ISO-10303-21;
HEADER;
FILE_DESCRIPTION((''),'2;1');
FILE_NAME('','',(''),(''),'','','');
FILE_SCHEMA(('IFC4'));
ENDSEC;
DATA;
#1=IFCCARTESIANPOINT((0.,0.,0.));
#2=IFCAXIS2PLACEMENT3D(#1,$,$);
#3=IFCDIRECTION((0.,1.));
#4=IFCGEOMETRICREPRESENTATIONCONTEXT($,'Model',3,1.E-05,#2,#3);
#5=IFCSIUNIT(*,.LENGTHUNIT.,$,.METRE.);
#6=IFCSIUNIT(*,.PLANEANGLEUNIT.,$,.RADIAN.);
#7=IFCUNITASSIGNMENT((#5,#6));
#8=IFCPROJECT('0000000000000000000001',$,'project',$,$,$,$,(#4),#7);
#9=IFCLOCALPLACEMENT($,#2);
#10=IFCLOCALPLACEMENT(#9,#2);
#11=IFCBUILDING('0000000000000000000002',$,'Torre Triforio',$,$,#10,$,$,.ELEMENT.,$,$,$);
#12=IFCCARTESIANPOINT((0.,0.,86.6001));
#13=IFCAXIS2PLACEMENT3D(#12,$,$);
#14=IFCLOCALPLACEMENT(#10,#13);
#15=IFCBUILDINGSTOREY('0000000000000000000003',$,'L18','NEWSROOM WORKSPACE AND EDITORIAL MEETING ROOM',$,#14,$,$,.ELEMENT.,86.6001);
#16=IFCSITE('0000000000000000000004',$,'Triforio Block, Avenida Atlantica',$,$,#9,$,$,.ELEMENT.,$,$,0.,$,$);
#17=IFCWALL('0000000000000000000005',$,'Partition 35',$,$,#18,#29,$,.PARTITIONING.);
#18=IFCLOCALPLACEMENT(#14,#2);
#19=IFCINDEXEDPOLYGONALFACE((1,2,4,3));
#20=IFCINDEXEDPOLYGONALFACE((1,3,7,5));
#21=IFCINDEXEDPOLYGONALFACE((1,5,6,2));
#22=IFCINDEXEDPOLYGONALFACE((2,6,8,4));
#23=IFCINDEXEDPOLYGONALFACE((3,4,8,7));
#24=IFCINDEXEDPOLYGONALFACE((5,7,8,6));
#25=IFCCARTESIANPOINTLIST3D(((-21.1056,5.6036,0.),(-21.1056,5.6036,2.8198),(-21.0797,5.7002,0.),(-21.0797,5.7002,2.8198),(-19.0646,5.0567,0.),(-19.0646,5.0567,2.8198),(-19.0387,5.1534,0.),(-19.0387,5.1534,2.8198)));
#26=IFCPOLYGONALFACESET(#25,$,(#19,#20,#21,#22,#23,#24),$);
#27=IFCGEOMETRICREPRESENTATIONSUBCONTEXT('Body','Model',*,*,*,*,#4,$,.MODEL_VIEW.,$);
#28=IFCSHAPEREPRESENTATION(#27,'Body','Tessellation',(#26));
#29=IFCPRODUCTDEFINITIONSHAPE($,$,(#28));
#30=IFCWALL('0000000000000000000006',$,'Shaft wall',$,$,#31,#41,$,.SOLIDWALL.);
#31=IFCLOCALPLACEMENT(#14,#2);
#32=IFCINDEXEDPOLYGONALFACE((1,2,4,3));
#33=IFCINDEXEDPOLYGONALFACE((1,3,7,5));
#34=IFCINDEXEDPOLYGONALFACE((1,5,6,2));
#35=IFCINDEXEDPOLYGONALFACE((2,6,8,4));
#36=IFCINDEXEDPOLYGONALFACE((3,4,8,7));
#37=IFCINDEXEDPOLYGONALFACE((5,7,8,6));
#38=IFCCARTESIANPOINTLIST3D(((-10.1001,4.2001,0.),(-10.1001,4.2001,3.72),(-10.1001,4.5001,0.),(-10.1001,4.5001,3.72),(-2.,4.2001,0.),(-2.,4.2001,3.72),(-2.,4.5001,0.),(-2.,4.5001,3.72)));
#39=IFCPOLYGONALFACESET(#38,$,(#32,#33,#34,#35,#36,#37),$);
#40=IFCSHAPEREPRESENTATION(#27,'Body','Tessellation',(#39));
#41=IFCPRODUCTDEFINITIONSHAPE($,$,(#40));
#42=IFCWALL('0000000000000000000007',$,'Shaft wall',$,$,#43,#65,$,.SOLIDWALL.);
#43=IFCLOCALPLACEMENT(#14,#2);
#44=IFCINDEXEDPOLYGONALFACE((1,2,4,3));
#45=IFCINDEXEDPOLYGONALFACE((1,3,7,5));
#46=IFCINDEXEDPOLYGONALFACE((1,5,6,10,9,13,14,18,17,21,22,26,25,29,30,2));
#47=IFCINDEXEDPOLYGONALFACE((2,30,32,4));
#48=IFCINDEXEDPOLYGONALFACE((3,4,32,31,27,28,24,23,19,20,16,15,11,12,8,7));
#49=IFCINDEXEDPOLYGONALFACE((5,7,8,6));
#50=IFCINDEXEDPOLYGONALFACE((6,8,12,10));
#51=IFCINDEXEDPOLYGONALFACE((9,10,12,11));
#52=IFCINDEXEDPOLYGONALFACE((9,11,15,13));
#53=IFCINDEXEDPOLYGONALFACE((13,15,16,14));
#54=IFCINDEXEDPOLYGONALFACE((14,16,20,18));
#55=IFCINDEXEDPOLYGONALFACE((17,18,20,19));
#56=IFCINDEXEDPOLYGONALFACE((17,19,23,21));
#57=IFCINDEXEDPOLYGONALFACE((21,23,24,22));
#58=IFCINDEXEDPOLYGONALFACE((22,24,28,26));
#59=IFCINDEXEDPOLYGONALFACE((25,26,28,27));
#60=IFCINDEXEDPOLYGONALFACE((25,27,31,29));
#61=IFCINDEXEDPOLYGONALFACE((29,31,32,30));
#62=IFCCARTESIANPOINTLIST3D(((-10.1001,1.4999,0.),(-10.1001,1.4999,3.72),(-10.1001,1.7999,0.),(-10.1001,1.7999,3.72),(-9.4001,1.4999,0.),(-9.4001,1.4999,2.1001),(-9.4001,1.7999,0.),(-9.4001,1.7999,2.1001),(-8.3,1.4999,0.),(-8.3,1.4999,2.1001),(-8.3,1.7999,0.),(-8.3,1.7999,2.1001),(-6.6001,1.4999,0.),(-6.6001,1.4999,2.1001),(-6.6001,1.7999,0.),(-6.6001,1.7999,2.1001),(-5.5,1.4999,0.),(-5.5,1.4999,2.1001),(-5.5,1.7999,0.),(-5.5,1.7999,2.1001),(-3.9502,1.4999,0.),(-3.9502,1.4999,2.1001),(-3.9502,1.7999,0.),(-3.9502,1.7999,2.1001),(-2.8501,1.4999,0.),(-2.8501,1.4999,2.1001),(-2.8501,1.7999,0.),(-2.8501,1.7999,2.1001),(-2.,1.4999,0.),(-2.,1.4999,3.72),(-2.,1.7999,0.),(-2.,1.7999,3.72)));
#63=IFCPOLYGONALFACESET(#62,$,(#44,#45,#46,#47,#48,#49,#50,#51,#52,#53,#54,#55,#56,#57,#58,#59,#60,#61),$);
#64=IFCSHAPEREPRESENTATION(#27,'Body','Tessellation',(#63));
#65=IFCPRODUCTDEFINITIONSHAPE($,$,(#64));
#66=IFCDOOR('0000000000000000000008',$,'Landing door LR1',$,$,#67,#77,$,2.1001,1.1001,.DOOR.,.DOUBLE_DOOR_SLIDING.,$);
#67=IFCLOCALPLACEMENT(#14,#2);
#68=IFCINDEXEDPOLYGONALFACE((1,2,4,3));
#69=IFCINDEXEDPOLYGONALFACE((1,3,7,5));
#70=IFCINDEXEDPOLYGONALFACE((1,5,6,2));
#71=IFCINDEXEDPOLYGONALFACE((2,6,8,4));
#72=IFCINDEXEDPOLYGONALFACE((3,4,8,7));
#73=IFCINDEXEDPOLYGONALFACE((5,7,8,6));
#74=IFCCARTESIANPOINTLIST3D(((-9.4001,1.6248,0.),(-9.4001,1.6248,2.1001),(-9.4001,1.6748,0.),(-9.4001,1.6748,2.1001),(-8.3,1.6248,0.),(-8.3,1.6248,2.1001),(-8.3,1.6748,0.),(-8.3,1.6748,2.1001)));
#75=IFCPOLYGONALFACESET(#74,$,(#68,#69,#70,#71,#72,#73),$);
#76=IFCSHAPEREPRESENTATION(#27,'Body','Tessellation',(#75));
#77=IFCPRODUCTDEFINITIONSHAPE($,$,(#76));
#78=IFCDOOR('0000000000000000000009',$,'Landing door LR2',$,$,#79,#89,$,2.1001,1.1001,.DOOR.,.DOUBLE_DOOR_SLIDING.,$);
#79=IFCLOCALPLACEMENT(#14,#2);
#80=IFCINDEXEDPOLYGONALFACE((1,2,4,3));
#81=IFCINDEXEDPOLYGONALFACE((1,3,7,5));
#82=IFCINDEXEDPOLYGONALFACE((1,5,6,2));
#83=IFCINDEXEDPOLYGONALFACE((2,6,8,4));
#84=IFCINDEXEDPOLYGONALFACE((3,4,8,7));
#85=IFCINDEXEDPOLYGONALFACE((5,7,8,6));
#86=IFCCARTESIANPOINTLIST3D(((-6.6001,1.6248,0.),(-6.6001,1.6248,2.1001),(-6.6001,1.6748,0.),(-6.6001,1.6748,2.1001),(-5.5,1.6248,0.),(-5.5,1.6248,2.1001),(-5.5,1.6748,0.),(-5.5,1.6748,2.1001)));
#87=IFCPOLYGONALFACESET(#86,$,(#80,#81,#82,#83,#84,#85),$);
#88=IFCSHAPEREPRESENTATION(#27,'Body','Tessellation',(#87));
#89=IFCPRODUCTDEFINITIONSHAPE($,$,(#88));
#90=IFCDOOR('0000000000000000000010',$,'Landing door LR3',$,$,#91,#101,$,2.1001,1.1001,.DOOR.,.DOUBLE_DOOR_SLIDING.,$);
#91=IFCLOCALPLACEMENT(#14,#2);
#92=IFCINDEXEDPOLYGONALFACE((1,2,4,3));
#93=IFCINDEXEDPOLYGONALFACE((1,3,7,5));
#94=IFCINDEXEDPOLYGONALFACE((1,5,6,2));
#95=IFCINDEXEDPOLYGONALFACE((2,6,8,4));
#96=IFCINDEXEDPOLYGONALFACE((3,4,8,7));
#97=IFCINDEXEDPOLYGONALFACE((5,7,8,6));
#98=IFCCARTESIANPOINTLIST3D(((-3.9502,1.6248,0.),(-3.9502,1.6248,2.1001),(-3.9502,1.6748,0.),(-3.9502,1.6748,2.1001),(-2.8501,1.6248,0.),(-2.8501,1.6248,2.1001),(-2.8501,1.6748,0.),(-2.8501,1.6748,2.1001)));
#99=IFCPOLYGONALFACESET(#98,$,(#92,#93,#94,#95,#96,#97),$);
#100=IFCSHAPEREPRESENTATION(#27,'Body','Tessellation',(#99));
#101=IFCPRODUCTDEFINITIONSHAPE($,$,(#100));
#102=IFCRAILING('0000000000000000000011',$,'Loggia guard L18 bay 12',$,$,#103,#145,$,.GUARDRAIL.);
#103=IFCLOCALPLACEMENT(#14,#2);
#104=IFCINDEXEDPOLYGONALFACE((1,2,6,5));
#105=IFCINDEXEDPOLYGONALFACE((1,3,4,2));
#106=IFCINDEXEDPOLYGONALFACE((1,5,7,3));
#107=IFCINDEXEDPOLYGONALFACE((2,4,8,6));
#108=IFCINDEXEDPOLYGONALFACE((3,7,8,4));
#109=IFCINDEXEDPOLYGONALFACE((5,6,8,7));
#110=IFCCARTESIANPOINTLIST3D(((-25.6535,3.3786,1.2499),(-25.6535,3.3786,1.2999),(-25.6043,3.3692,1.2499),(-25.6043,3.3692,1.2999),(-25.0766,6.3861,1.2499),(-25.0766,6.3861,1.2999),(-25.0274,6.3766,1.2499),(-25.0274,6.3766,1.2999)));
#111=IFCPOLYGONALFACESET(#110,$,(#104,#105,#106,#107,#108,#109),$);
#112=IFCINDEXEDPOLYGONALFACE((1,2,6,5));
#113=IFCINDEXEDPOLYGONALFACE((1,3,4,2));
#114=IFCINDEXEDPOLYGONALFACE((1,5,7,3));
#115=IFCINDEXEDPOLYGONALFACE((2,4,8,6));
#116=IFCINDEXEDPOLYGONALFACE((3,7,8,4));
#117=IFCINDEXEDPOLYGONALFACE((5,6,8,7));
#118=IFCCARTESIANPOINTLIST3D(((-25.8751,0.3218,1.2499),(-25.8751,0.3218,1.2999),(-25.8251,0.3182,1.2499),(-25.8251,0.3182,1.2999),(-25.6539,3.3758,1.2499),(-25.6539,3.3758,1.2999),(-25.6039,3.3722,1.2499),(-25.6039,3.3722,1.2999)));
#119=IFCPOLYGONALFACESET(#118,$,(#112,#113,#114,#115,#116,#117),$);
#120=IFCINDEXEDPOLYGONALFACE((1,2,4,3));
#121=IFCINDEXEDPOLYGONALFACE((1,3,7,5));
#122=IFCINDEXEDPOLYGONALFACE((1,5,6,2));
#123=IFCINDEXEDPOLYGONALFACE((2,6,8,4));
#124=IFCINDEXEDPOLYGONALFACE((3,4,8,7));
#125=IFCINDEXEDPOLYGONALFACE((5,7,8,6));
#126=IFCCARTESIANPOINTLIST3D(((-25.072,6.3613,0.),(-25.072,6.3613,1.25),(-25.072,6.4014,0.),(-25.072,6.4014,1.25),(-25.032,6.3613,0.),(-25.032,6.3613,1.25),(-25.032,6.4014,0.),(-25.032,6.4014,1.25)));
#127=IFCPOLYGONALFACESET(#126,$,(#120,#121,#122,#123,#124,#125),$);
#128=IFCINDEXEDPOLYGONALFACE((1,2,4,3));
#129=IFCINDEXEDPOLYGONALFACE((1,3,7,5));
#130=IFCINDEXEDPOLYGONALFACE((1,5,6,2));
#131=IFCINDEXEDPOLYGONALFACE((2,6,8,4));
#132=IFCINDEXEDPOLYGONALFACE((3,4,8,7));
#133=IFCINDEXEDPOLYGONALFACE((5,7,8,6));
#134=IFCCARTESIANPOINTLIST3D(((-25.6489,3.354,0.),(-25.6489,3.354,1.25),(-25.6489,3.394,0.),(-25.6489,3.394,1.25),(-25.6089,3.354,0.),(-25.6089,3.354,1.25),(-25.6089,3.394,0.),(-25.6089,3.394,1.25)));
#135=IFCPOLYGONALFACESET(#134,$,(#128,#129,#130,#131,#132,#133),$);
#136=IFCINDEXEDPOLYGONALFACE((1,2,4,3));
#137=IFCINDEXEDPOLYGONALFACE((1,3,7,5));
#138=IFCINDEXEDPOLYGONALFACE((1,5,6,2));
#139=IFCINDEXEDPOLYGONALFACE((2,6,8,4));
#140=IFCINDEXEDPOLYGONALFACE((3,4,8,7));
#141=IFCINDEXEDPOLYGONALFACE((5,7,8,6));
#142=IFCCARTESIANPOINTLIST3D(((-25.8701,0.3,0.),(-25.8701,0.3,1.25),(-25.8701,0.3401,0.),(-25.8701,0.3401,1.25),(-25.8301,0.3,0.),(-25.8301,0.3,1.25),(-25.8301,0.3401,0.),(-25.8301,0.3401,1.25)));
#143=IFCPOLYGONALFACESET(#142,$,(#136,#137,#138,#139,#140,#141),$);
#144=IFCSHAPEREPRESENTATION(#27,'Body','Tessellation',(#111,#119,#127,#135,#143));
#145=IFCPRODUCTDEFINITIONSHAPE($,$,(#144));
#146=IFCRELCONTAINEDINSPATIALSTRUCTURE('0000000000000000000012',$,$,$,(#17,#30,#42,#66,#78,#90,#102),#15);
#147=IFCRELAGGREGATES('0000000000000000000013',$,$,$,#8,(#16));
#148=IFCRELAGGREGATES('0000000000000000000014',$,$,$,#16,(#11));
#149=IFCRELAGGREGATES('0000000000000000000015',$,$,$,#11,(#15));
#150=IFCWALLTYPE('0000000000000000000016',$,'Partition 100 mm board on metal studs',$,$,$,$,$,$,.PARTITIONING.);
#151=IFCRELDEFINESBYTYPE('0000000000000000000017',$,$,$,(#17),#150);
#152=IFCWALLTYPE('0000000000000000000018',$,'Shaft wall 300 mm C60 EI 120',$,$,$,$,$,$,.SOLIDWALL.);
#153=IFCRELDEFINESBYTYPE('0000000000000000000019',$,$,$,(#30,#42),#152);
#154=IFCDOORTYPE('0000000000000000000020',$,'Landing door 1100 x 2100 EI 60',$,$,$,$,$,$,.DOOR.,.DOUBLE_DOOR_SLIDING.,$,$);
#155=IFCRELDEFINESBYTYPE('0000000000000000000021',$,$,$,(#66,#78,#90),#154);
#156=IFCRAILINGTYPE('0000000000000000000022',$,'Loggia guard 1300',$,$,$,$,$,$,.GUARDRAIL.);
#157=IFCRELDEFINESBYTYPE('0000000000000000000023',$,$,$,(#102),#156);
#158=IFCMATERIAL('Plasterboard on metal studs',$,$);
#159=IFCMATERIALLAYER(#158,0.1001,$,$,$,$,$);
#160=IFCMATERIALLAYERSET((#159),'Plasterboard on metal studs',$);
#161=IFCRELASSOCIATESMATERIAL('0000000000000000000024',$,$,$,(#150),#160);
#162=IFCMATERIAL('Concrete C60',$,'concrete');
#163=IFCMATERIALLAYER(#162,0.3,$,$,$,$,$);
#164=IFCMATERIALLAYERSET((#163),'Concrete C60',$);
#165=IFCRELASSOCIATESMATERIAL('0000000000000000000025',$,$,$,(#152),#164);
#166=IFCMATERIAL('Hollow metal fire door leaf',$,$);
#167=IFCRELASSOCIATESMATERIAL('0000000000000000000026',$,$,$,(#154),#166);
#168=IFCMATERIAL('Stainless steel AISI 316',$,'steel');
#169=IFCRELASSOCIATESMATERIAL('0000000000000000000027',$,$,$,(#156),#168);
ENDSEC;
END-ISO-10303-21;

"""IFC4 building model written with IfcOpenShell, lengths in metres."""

from ifc_helpers import new_model, si_unit, direction, frame, frame_2d, origin, origin_2d, place, context, subcontext, project, spatial, rectangle, extrude, material, layer, layer_set, type_object, element, fill, save


model = new_model("IFC4")

# Units and contexts
model_context = context("Model", 3, precision=1e-05, world=origin(), true_north=direction((0.0, 1.0)))
body_context = subcontext(model_context, "Body", "Model", "MODEL_VIEW")
ifc_project = project(units=[si_unit("LENGTHUNIT", "METRE"), si_unit("PLANEANGLEUNIT", "RADIAN")], contexts=[model_context])

# Site, building, storey
site_placement = place(None, origin())
site = spatial("IfcSite", under=ifc_project, at=site_placement, Name="Triforio Block, Avenida Atlantica", CompositionType="ELEMENT", RefElevation=0.0)
building_placement = place(site_placement, origin())
building = spatial("IfcBuilding", under=site, at=building_placement, Name="Torre Triforio", CompositionType="ELEMENT")
storey_placement = place(building_placement, frame((0.0, 0.0, 86.6001)))
storey = spatial("IfcBuildingStorey", under=building, at=storey_placement, Name="L18", Description="NEWSROOM WORKSPACE AND EDITORIAL MEETING ROOM", CompositionType="ELEMENT", Elevation=86.6001)

# Shared definitions
ifc_material_1 = material(Name="Concrete C60", Category="concrete")

# Shared definitions
ifc_material_2 = material(Name="Hollow metal fire door leaf")

# Shared definitions
ifc_material_3 = material(Name="Plasterboard on metal studs")

# Walls
ifc_layer_1 = layer(ifc_material_3, 0.1001)
ifc_layer_set_1 = layer_set([ifc_layer_1], Name="Plasterboard on metal studs")
wall_type_1 = type_object("IfcWallType", Name="Partition 100 mm board on metal studs", PredefinedType="PARTITIONING", material=ifc_layer_set_1)
wall_1_placement = place(storey_placement, frame((-19.0515, 5.105, 0.0), z_axis=(0.0, 0.0, 1.0), x_axis=(-0.965927, 0.258813, 0.0)))
element("IfcWall", 1, at=wall_1_placement, inside=storey, type_object=wall_type_1, Name="Partition 35", PredefinedType="PARTITIONING", context=body_context, shape_type="SweptSolid", body=[
    extrude(rectangle(XDim=2.113, YDim=0.1001, at=frame_2d((1.0566, 0.0))), origin(), (0.0, 0.0, 1.0), 2.8198),
])
ifc_layer_2 = layer(ifc_material_1, 0.3)
ifc_layer_set_2 = layer_set([ifc_layer_2], Name="Concrete C60")
wall_type_2 = type_object("IfcWallType", Name="Shaft wall 300 mm C60 EI 120", PredefinedType="SOLIDWALL", material=ifc_layer_set_2)
wall_2_placement = place(storey_placement, frame((-10.1001, 4.3501, 0.0), z_axis=(0.0, 0.0, 1.0), x_axis=(1.0, 0.0, 0.0)))
element("IfcWall", 2, at=wall_2_placement, inside=storey, type_object=wall_type_2, Name="Shaft wall", PredefinedType="SOLIDWALL", context=body_context, shape_type="SweptSolid", body=[
    extrude(rectangle(XDim=8.1001, YDim=0.3, at=frame_2d((4.05, 0.0))), origin(), (0.0, 0.0, 1.0), 3.72),
])

# Wall, openings, doors
wall_3_placement = place(storey_placement, frame((-10.1001, 1.6499, 0.0), z_axis=(0.0, 0.0, 1.0), x_axis=(1.0, 0.0, 0.0)))
wall_3 = element("IfcWall", 3, at=wall_3_placement, inside=storey, type_object=wall_type_2, Name="Shaft wall", PredefinedType="SOLIDWALL", context=body_context, shape_type="SweptSolid", body=[
    extrude(rectangle(XDim=8.1001, YDim=0.3, at=frame_2d((4.05, 0.0))), origin(), (0.0, 0.0, 1.0), 3.72),
])
opening_1_placement = place(wall_3_placement, frame((0.7, 0.0, 0.0)))
opening_1 = element("IfcOpeningElement", 4, at=opening_1_placement, cuts=wall_3, PredefinedType="OPENING", context=body_context, shape_type="SweptSolid", body=[
    extrude(rectangle(XDim=1.1001, YDim=2.1001, at=frame_2d((0.55, 1.05))), frame((0.0, 0.1599, 0.0), z_axis=(0.0, -1.0, 0.0), x_axis=(1.0, 0.0, 0.0)), (0.0, 0.0, 1.0), 0.3201),
])
opening_2_placement = place(wall_3_placement, frame((3.5, 0.0, 0.0)))
opening_2 = element("IfcOpeningElement", 5, at=opening_2_placement, cuts=wall_3, PredefinedType="OPENING", context=body_context, shape_type="SweptSolid", body=[
    extrude(rectangle(XDim=1.1001, YDim=2.1001, at=frame_2d((0.55, 1.05))), frame((0.0, 0.1599, 0.0), z_axis=(0.0, -1.0, 0.0), x_axis=(1.0, 0.0, 0.0)), (0.0, 0.0, 1.0), 0.3201),
])
opening_3_placement = place(wall_3_placement, frame((6.1499, 0.0, 0.0)))
opening_3 = element("IfcOpeningElement", 6, at=opening_3_placement, cuts=wall_3, PredefinedType="OPENING", context=body_context, shape_type="SweptSolid", body=[
    extrude(rectangle(XDim=1.1001, YDim=2.1001, at=frame_2d((0.55, 1.05))), frame((0.0, 0.1599, 0.0), z_axis=(0.0, -1.0, 0.0), x_axis=(1.0, 0.0, 0.0)), (0.0, 0.0, 1.0), 0.3201),
])
door_type_1 = type_object("IfcDoorType", Name="Landing door 1100 x 2100 EI 60", OperationType="DOUBLE_DOOR_SLIDING", PredefinedType="DOOR", material=ifc_material_2)
door_1_placement = place(opening_1_placement, origin())
door_1 = element("IfcDoor", 7, at=door_1_placement, inside=storey, type_object=door_type_1, Name="Landing door LR1", OperationType="DOUBLE_DOOR_SLIDING", OverallHeight=2.1001, OverallWidth=1.1001, PredefinedType="DOOR", context=body_context, shape_type="SweptSolid", body=[
    extrude(rectangle(XDim=1.1001, YDim=2.1001, at=frame_2d((0.55, 1.05))), frame((0.0, 0.0249, 0.0), z_axis=(0.0, -1.0, 0.0), x_axis=(1.0, 0.0, 0.0)), (0.0, 0.0, 1.0), 0.05),
])
fill(opening_1, door_1)
door_2_placement = place(opening_2_placement, origin())
door_2 = element("IfcDoor", 8, at=door_2_placement, inside=storey, type_object=door_type_1, Name="Landing door LR2", OperationType="DOUBLE_DOOR_SLIDING", OverallHeight=2.1001, OverallWidth=1.1001, PredefinedType="DOOR", context=body_context, shape_type="SweptSolid", body=[
    extrude(rectangle(XDim=1.1001, YDim=2.1001, at=frame_2d((0.55, 1.05))), frame((0.0, 0.0249, 0.0), z_axis=(0.0, -1.0, 0.0), x_axis=(1.0, 0.0, 0.0)), (0.0, 0.0, 1.0), 0.05),
])
fill(opening_2, door_2)
door_3_placement = place(opening_3_placement, origin())
door_3 = element("IfcDoor", 9, at=door_3_placement, inside=storey, type_object=door_type_1, Name="Landing door LR3", OperationType="DOUBLE_DOOR_SLIDING", OverallHeight=2.1001, OverallWidth=1.1001, PredefinedType="DOOR", context=body_context, shape_type="SweptSolid", body=[
    extrude(rectangle(XDim=1.1001, YDim=2.1001, at=frame_2d((0.55, 1.05))), frame((0.0, 0.0249, 0.0), z_axis=(0.0, -1.0, 0.0), x_axis=(1.0, 0.0, 0.0)), (0.0, 0.0, 1.0), 0.05),
])
fill(opening_3, door_3)

# Railing
ifc_material_4 = material(Name="Stainless steel AISI 316", Category="steel")
railing_type = type_object("IfcRailingType", Name="Loggia guard 1300", PredefinedType="GUARDRAIL", material=ifc_material_4)
railing_placement = place(storey_placement, frame((-25.052, 6.3813, 0.0)))
element("IfcRailing", 10, at=railing_placement, inside=storey, type_object=railing_type, Name="Loggia guard L18 bay 12", PredefinedType="GUARDRAIL", context=body_context, shape_type="SweptSolid", body=[
    extrude(rectangle(XDim=0.05, YDim=0.05, at=origin_2d()), frame((0.0, 0.0, 1.2749), z_axis=(-0.188398, -0.982093, 0.0), x_axis=(0.982093, -0.188398, 0.0)), (0.0, 0.0, 1.0), 3.0623),
    extrude(rectangle(XDim=0.05, YDim=0.05, at=origin_2d()), frame((-0.5769, -3.0073, 1.2749), z_axis=(-0.072239, -0.997387, 0.0), x_axis=(0.997387, -0.072239, 0.0)), (0.0, 0.0, 1.0), 3.062),
    extrude(rectangle(XDim=0.04, YDim=0.04, at=origin_2d()), origin(), (0.0, 0.0, 1.0), 1.25),
    extrude(rectangle(XDim=0.04, YDim=0.04, at=origin_2d()), frame((-0.5769, -3.0073, 0.0)), (0.0, 0.0, 1.0), 1.25),
    extrude(rectangle(XDim=0.04, YDim=0.04, at=origin_2d()), frame((-0.7981, -6.0613, 0.0)), (0.0, 0.0, 1.0), 1.25),
])

save(model, "model.ifc")
